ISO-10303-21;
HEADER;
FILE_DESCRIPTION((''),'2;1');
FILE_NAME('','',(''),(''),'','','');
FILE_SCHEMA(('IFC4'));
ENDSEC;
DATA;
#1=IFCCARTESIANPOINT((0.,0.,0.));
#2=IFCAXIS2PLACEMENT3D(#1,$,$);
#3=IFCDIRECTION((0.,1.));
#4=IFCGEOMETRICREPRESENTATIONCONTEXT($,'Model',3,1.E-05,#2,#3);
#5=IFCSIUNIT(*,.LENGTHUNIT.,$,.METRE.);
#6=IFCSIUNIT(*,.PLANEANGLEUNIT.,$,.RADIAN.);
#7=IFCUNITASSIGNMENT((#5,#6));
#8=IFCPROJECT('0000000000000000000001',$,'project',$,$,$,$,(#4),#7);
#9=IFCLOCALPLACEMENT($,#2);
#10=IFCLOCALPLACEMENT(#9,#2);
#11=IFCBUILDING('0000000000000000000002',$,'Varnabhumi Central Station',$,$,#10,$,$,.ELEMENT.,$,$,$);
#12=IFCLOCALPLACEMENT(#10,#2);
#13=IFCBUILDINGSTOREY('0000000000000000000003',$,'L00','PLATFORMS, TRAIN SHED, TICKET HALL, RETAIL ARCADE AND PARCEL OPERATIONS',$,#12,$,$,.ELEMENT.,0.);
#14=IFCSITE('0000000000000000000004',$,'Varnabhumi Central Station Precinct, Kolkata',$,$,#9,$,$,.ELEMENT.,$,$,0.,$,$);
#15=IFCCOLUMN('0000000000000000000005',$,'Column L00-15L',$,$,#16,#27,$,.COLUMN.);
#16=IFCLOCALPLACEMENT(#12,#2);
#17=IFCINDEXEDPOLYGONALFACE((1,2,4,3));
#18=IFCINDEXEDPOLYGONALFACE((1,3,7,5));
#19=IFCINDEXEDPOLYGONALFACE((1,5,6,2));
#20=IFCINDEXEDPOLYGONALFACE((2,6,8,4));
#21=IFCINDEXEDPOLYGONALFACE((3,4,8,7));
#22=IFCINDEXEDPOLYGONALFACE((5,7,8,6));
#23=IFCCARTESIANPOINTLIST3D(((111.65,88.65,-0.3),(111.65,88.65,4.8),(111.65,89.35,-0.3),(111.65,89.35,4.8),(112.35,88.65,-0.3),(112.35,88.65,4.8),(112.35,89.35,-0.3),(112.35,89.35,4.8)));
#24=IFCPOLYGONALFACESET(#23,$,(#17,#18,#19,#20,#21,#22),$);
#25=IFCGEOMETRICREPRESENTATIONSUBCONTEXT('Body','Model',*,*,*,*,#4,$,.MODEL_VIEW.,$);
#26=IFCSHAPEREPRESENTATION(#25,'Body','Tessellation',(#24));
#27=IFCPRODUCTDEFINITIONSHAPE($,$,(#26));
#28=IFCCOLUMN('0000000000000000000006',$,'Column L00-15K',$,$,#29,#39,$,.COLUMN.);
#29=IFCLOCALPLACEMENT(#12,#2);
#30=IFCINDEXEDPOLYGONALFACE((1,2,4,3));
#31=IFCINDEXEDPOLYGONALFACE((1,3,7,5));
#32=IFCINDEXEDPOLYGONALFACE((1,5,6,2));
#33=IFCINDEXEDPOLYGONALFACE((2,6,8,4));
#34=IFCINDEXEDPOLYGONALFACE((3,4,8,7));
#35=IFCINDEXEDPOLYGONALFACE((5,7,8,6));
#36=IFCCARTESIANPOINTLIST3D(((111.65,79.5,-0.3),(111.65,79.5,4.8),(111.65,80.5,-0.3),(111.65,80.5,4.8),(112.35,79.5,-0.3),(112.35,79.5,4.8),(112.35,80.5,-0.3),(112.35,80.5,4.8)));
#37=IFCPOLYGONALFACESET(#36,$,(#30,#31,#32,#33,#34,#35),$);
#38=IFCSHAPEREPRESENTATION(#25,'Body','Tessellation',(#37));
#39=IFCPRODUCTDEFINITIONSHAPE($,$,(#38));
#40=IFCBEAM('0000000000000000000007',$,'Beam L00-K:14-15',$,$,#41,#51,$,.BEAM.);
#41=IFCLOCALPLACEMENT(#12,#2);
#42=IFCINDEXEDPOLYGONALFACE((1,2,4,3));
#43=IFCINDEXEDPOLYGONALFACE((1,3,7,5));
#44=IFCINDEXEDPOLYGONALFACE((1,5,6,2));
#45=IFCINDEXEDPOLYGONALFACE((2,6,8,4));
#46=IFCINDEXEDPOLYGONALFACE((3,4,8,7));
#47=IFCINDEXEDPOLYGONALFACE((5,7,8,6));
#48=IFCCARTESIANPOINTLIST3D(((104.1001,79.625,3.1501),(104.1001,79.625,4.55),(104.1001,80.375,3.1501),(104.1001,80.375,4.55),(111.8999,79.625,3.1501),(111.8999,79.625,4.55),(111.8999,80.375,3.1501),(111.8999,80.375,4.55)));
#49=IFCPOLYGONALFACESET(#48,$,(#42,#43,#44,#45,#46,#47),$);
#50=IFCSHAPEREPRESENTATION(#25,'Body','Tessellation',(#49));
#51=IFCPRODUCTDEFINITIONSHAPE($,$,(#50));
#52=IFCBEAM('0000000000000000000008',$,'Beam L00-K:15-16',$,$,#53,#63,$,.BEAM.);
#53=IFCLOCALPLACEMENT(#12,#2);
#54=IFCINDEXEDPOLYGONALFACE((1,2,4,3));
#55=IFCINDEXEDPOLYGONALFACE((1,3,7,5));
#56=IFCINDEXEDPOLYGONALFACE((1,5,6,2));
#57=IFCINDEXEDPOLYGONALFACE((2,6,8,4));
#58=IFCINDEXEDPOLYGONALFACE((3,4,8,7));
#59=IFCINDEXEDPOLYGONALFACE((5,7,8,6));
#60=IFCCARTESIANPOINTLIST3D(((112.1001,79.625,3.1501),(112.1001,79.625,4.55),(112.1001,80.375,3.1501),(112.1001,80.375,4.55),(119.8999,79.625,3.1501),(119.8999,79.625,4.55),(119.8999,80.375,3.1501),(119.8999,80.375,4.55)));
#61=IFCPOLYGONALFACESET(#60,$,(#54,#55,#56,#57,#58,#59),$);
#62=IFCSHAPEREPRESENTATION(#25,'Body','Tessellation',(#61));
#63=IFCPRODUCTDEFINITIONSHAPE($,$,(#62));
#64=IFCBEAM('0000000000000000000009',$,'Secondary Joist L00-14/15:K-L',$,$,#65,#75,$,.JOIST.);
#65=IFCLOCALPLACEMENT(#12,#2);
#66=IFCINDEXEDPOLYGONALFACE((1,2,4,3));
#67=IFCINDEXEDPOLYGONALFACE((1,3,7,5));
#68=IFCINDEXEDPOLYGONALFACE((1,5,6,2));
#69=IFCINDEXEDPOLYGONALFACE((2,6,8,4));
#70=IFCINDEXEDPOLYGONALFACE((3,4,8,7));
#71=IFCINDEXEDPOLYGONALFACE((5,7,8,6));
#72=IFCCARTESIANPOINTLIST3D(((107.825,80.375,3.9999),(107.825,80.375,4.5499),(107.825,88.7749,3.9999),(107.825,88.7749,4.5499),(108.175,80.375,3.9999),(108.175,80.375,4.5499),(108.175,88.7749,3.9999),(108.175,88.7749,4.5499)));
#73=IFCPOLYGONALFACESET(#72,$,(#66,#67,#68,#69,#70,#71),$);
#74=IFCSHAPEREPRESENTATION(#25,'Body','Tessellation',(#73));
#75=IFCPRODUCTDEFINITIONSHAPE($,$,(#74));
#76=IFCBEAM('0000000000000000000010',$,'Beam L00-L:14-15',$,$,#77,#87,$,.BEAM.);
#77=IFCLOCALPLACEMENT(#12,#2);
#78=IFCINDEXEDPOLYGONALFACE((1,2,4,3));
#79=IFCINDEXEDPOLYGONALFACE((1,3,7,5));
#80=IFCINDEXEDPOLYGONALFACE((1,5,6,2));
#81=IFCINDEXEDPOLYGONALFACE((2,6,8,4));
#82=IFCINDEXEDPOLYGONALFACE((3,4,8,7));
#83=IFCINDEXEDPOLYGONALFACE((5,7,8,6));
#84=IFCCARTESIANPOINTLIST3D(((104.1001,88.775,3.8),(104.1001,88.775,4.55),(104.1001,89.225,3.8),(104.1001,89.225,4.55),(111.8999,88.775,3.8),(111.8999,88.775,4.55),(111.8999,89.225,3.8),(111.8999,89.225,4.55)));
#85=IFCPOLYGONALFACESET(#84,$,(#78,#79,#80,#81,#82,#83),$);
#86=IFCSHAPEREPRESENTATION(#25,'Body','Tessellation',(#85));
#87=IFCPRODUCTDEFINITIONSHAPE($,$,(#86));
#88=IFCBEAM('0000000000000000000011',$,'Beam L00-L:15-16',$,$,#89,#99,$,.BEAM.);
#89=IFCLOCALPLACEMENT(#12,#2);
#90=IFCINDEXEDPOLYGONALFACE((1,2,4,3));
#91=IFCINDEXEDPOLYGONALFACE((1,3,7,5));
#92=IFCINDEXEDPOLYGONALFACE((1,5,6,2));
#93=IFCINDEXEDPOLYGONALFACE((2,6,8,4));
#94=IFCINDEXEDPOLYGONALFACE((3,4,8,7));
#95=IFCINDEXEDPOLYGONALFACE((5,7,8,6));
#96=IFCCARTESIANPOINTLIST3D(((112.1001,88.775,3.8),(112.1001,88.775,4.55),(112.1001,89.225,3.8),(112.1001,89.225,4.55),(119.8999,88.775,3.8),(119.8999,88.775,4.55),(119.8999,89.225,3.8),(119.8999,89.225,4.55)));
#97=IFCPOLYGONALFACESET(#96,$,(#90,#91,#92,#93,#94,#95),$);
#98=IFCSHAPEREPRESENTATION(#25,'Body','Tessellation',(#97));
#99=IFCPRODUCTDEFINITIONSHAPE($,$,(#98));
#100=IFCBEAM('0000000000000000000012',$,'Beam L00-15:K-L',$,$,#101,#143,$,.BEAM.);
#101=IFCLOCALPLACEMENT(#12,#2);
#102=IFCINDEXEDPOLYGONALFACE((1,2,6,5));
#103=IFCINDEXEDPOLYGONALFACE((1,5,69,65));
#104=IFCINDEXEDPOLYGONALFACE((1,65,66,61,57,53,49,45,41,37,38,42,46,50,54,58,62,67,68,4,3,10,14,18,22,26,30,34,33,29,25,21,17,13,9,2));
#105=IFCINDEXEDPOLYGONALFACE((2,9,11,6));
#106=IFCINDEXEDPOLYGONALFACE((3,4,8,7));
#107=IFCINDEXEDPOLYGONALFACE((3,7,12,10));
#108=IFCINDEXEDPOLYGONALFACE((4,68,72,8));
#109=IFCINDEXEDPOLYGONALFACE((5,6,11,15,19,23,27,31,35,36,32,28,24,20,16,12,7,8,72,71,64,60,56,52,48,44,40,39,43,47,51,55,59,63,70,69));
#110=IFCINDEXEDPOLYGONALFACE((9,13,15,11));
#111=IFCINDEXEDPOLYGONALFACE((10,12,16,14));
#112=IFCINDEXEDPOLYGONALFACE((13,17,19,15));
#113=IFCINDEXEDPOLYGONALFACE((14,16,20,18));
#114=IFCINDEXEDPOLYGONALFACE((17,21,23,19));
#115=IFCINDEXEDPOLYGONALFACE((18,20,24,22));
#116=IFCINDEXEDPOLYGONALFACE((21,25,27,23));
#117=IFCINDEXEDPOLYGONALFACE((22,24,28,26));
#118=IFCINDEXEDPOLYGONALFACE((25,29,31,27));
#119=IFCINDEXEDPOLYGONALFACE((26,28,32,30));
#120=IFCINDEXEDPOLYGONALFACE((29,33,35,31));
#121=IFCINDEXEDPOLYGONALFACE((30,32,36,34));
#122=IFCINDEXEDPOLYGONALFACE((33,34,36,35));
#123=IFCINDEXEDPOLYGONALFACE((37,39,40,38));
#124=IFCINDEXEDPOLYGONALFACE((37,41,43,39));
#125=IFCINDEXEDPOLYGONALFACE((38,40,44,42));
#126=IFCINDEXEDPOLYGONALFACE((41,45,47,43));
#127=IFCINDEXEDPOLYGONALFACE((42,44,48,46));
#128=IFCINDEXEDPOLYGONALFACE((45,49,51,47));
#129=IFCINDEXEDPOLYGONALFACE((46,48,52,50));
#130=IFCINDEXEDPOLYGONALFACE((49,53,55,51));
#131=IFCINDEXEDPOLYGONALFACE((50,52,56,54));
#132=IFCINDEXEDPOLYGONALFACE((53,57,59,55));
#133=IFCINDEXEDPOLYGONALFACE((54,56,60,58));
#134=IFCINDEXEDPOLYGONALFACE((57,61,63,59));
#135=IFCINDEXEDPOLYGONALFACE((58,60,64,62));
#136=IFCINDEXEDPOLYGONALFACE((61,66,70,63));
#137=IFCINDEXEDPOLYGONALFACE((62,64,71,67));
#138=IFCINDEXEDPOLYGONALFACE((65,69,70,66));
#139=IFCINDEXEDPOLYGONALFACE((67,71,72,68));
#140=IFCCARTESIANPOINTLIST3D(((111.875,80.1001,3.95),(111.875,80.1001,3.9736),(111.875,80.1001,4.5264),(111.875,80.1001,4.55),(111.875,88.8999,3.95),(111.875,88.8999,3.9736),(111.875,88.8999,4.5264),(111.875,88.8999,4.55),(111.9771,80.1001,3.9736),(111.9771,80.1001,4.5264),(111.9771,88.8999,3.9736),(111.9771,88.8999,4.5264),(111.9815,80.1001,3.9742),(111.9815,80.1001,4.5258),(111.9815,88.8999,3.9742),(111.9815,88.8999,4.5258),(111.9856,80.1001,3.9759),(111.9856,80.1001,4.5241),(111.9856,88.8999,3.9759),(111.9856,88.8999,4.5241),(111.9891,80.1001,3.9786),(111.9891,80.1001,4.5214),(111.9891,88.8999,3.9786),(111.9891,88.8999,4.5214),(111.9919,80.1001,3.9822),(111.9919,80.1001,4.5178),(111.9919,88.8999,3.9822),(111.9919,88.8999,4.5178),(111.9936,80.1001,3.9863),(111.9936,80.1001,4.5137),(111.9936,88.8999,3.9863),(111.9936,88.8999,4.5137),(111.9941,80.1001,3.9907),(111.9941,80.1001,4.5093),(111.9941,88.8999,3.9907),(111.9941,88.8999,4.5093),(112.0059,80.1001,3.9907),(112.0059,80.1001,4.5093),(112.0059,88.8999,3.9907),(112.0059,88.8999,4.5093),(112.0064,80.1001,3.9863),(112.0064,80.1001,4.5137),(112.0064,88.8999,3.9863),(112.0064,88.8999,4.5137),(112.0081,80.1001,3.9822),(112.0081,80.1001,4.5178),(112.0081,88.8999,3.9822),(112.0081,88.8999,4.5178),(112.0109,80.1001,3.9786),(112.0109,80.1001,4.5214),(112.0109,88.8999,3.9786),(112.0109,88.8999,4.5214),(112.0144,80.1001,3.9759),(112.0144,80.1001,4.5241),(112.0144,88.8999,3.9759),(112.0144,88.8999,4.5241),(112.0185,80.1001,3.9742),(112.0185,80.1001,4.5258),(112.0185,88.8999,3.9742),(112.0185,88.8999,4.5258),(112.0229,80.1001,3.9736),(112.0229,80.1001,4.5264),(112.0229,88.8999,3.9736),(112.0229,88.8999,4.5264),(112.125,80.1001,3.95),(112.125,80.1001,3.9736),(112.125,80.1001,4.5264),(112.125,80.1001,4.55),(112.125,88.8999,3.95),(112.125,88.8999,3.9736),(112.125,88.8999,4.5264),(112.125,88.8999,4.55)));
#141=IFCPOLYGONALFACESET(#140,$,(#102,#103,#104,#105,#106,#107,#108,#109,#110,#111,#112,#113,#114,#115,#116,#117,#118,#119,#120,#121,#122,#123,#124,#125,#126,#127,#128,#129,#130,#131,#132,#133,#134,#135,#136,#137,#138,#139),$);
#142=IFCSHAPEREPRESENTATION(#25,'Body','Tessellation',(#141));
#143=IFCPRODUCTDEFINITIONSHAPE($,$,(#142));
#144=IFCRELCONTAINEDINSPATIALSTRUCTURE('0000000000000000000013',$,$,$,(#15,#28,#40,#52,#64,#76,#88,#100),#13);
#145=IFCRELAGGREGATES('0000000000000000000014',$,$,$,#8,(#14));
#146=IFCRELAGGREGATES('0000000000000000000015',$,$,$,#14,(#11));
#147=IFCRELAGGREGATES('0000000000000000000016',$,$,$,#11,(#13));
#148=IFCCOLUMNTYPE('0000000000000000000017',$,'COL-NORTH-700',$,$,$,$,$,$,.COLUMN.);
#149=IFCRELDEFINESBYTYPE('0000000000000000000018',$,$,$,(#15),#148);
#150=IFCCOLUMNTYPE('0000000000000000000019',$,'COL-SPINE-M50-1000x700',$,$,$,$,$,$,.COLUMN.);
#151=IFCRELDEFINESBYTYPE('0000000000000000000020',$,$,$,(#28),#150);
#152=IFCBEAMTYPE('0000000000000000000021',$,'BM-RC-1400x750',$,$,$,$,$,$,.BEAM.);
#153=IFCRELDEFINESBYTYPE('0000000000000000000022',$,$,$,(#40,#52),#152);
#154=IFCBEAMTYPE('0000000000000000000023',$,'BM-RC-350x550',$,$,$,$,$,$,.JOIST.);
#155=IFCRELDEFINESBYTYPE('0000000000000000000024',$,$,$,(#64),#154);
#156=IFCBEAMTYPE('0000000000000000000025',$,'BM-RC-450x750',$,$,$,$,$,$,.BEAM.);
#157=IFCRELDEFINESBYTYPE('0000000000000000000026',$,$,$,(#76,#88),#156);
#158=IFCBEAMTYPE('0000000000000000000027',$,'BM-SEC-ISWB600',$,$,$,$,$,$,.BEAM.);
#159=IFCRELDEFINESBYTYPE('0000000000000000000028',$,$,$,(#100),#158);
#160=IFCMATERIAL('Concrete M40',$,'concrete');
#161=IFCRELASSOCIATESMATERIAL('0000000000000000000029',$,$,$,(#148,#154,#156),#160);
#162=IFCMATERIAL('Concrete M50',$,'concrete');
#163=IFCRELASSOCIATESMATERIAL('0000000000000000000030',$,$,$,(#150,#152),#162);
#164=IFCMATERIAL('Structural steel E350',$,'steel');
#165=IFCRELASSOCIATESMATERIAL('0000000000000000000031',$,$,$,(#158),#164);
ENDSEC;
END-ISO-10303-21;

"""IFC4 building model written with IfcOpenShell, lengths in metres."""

from ifc_helpers import new_model, si_unit, direction, frame, origin, origin_2d, place, context, subcontext, project, spatial, rectangle, i_section, extrude, material, material_profile, profile_set, type_object, element, save


model = new_model("IFC4")

# Units and contexts
model_context = context("Model", 3, precision=1e-05, world=origin(), true_north=direction((0.0, 1.0)))
body_context = subcontext(model_context, "Body", "Model", "MODEL_VIEW")
ifc_project = project(units=[si_unit("LENGTHUNIT", "METRE"), si_unit("PLANEANGLEUNIT", "RADIAN")], contexts=[model_context])

# Site, building, storey
site_placement = place(None, origin())
site = spatial("IfcSite", under=ifc_project, at=site_placement, Name="Varnabhumi Central Station Precinct, Kolkata", CompositionType="ELEMENT", RefElevation=0.0)
building_placement = place(site_placement, origin())
building = spatial("IfcBuilding", under=site, at=building_placement, Name="Varnabhumi Central Station", CompositionType="ELEMENT")
storey_placement = place(building_placement, origin())
storey = spatial("IfcBuildingStorey", under=building, at=storey_placement, Name="L00", Description="PLATFORMS, TRAIN SHED, TICKET HALL, RETAIL ARCADE AND PARCEL OPERATIONS", CompositionType="ELEMENT", Elevation=0.0)

# Shared definitions
ifc_material_1 = material(Name="Concrete M40", Category="concrete")

# Columns
ifc_material_profile_1 = material_profile(ifc_material_1, rectangle(XDim=0.7, YDim=0.7, at=origin_2d()), Name="Concrete M40", Category="concrete")
ifc_profile_set_1 = profile_set([ifc_material_profile_1], Name="Concrete M40")
column_type_1 = type_object("IfcColumnType", Name="COL-NORTH-700", PredefinedType="COLUMN", material=ifc_profile_set_1)
for number, where, z_axis, x_axis, name in (
    (1, (112.0, 89.0, -0.3), (0.0, 0.0, 1.0), (1.0, 0.0, 0.0), "Column L00-15L"),
):
    element("IfcColumn", number, at=place(storey_placement, frame(where, z_axis=z_axis, x_axis=x_axis)), inside=storey, type_object=column_type_1, Name=name, PredefinedType="COLUMN", context=body_context, shape_type="SweptSolid", body=[
        extrude(rectangle(XDim=0.7, YDim=0.7, at=origin_2d()), origin(), (0.0, 0.0, 1.0), 5.1001),
    ])
ifc_material_2 = material(Name="Concrete M50", Category="concrete")
ifc_material_profile_2 = material_profile(ifc_material_2, rectangle(XDim=0.7, YDim=1.0, at=origin_2d()), Name="Concrete M50", Category="concrete")
ifc_profile_set_2 = profile_set([ifc_material_profile_2], Name="Concrete M50")
column_type_2 = type_object("IfcColumnType", Name="COL-SPINE-M50-1000x700", PredefinedType="COLUMN", material=ifc_profile_set_2)
column_placement = place(storey_placement, frame((112.0, 80.0, -0.3), z_axis=(0.0, 0.0, 1.0), x_axis=(1.0, 0.0, 0.0)))
element("IfcColumn", 2, at=column_placement, inside=storey, type_object=column_type_2, Name="Column L00-15K", PredefinedType="COLUMN", context=body_context, shape_type="SweptSolid", body=[
    extrude(rectangle(XDim=0.7, YDim=1.0, at=origin_2d()), origin(), (0.0, 0.0, 1.0), 5.1001),
])

# Beams
ifc_material_profile_3 = material_profile(ifc_material_2, rectangle(XDim=0.75, YDim=1.3999, at=origin_2d()), Name="Concrete M50", Category="concrete")
ifc_profile_set_3 = profile_set([ifc_material_profile_3], Name="Concrete M50")
beam_type_1 = type_object("IfcBeamType", Name="BM-RC-1400x750", PredefinedType="BEAM", material=ifc_profile_set_3)
for number, where, z_axis, x_axis, name in (
    (3, (104.1001, 80.0, 3.8501), (1.0, 0.0, 0.0), (0.0, 1.0, 0.0), "Beam L00-K:14-15"),
    (4, (112.1001, 80.0, 3.8501), (1.0, 0.0, 0.0), (0.0, 1.0, 0.0), "Beam L00-K:15-16"),
):
    element("IfcBeam", number, at=place(storey_placement, frame(where, z_axis=z_axis, x_axis=x_axis)), inside=storey, type_object=beam_type_1, Name=name, PredefinedType="BEAM", context=body_context, shape_type="SweptSolid", body=[
        extrude(rectangle(XDim=0.75, YDim=1.3999, at=origin_2d()), origin(), (0.0, 0.0, 1.0), 7.7998),
    ])
ifc_material_profile_4 = material_profile(ifc_material_1, rectangle(XDim=0.3501, YDim=0.55, at=origin_2d()), Name="Concrete M40", Category="concrete")
ifc_profile_set_4 = profile_set([ifc_material_profile_4], Name="Concrete M40")
beam_type_2 = type_object("IfcBeamType", Name="BM-RC-350x550", PredefinedType="JOIST", material=ifc_profile_set_4)
beam_1_placement = place(storey_placement, frame((108.0, 80.375, 4.2749), z_axis=(0.0, 1.0, 0.0), x_axis=(-1.0, 0.0, 0.0)))
element("IfcBeam", 5, at=beam_1_placement, inside=storey, type_object=beam_type_2, Name="Secondary Joist L00-14/15:K-L", PredefinedType="JOIST", context=body_context, shape_type="SweptSolid", body=[
    extrude(rectangle(XDim=0.3501, YDim=0.55, at=origin_2d()), origin(), (0.0, 0.0, 1.0), 8.3999),
])
ifc_material_profile_5 = material_profile(ifc_material_1, rectangle(XDim=0.45, YDim=0.75, at=origin_2d()), Name="Concrete M40", Category="concrete")
ifc_profile_set_5 = profile_set([ifc_material_profile_5], Name="Concrete M40")
beam_type_3 = type_object("IfcBeamType", Name="BM-RC-450x750", PredefinedType="BEAM", material=ifc_profile_set_5)
for number, where, z_axis, x_axis, name in (
    (6, (104.1001, 89.0, 4.175), (1.0, 0.0, 0.0), (0.0, 1.0, 0.0), "Beam L00-L:14-15"),
    (7, (112.1001, 89.0, 4.175), (1.0, 0.0, 0.0), (0.0, 1.0, 0.0), "Beam L00-L:15-16"),
):
    element("IfcBeam", number, at=place(storey_placement, frame(where, z_axis=z_axis, x_axis=x_axis)), inside=storey, type_object=beam_type_3, Name=name, PredefinedType="BEAM", context=body_context, shape_type="SweptSolid", body=[
        extrude(rectangle(XDim=0.45, YDim=0.75, at=origin_2d()), origin(), (0.0, 0.0, 1.0), 7.7998),
    ])
ifc_material_3 = material(Name="Structural steel E350", Category="steel")
ifc_material_profile_6 = material_profile(ifc_material_3, i_section(OverallWidth=0.25, OverallDepth=0.6001, WebThickness=0.0117, FlangeThickness=0.0237, FilletRadius=0.0171, at=origin_2d()), Name="Structural steel E350", Category="steel")
ifc_profile_set_6 = profile_set([ifc_material_profile_6], Name="Structural steel E350")
beam_type_4 = type_object("IfcBeamType", Name="BM-SEC-ISWB600", PredefinedType="BEAM", material=ifc_profile_set_6)
beam_2_placement = place(storey_placement, frame((112.0, 80.1001, 4.25), z_axis=(0.0, 1.0, 0.0), x_axis=(-1.0, 0.0, 0.0)))
element("IfcBeam", 8, at=beam_2_placement, inside=storey, type_object=beam_type_4, Name="Beam L00-15:K-L", PredefinedType="BEAM", context=body_context, shape_type="SweptSolid", body=[
    extrude(i_section(OverallWidth=0.25, OverallDepth=0.6001, WebThickness=0.0117, FlangeThickness=0.0237, FilletRadius=0.0171, at=origin_2d()), origin(), (0.0, 0.0, 1.0), 8.7998),
])

save(model, "model.ifc")
